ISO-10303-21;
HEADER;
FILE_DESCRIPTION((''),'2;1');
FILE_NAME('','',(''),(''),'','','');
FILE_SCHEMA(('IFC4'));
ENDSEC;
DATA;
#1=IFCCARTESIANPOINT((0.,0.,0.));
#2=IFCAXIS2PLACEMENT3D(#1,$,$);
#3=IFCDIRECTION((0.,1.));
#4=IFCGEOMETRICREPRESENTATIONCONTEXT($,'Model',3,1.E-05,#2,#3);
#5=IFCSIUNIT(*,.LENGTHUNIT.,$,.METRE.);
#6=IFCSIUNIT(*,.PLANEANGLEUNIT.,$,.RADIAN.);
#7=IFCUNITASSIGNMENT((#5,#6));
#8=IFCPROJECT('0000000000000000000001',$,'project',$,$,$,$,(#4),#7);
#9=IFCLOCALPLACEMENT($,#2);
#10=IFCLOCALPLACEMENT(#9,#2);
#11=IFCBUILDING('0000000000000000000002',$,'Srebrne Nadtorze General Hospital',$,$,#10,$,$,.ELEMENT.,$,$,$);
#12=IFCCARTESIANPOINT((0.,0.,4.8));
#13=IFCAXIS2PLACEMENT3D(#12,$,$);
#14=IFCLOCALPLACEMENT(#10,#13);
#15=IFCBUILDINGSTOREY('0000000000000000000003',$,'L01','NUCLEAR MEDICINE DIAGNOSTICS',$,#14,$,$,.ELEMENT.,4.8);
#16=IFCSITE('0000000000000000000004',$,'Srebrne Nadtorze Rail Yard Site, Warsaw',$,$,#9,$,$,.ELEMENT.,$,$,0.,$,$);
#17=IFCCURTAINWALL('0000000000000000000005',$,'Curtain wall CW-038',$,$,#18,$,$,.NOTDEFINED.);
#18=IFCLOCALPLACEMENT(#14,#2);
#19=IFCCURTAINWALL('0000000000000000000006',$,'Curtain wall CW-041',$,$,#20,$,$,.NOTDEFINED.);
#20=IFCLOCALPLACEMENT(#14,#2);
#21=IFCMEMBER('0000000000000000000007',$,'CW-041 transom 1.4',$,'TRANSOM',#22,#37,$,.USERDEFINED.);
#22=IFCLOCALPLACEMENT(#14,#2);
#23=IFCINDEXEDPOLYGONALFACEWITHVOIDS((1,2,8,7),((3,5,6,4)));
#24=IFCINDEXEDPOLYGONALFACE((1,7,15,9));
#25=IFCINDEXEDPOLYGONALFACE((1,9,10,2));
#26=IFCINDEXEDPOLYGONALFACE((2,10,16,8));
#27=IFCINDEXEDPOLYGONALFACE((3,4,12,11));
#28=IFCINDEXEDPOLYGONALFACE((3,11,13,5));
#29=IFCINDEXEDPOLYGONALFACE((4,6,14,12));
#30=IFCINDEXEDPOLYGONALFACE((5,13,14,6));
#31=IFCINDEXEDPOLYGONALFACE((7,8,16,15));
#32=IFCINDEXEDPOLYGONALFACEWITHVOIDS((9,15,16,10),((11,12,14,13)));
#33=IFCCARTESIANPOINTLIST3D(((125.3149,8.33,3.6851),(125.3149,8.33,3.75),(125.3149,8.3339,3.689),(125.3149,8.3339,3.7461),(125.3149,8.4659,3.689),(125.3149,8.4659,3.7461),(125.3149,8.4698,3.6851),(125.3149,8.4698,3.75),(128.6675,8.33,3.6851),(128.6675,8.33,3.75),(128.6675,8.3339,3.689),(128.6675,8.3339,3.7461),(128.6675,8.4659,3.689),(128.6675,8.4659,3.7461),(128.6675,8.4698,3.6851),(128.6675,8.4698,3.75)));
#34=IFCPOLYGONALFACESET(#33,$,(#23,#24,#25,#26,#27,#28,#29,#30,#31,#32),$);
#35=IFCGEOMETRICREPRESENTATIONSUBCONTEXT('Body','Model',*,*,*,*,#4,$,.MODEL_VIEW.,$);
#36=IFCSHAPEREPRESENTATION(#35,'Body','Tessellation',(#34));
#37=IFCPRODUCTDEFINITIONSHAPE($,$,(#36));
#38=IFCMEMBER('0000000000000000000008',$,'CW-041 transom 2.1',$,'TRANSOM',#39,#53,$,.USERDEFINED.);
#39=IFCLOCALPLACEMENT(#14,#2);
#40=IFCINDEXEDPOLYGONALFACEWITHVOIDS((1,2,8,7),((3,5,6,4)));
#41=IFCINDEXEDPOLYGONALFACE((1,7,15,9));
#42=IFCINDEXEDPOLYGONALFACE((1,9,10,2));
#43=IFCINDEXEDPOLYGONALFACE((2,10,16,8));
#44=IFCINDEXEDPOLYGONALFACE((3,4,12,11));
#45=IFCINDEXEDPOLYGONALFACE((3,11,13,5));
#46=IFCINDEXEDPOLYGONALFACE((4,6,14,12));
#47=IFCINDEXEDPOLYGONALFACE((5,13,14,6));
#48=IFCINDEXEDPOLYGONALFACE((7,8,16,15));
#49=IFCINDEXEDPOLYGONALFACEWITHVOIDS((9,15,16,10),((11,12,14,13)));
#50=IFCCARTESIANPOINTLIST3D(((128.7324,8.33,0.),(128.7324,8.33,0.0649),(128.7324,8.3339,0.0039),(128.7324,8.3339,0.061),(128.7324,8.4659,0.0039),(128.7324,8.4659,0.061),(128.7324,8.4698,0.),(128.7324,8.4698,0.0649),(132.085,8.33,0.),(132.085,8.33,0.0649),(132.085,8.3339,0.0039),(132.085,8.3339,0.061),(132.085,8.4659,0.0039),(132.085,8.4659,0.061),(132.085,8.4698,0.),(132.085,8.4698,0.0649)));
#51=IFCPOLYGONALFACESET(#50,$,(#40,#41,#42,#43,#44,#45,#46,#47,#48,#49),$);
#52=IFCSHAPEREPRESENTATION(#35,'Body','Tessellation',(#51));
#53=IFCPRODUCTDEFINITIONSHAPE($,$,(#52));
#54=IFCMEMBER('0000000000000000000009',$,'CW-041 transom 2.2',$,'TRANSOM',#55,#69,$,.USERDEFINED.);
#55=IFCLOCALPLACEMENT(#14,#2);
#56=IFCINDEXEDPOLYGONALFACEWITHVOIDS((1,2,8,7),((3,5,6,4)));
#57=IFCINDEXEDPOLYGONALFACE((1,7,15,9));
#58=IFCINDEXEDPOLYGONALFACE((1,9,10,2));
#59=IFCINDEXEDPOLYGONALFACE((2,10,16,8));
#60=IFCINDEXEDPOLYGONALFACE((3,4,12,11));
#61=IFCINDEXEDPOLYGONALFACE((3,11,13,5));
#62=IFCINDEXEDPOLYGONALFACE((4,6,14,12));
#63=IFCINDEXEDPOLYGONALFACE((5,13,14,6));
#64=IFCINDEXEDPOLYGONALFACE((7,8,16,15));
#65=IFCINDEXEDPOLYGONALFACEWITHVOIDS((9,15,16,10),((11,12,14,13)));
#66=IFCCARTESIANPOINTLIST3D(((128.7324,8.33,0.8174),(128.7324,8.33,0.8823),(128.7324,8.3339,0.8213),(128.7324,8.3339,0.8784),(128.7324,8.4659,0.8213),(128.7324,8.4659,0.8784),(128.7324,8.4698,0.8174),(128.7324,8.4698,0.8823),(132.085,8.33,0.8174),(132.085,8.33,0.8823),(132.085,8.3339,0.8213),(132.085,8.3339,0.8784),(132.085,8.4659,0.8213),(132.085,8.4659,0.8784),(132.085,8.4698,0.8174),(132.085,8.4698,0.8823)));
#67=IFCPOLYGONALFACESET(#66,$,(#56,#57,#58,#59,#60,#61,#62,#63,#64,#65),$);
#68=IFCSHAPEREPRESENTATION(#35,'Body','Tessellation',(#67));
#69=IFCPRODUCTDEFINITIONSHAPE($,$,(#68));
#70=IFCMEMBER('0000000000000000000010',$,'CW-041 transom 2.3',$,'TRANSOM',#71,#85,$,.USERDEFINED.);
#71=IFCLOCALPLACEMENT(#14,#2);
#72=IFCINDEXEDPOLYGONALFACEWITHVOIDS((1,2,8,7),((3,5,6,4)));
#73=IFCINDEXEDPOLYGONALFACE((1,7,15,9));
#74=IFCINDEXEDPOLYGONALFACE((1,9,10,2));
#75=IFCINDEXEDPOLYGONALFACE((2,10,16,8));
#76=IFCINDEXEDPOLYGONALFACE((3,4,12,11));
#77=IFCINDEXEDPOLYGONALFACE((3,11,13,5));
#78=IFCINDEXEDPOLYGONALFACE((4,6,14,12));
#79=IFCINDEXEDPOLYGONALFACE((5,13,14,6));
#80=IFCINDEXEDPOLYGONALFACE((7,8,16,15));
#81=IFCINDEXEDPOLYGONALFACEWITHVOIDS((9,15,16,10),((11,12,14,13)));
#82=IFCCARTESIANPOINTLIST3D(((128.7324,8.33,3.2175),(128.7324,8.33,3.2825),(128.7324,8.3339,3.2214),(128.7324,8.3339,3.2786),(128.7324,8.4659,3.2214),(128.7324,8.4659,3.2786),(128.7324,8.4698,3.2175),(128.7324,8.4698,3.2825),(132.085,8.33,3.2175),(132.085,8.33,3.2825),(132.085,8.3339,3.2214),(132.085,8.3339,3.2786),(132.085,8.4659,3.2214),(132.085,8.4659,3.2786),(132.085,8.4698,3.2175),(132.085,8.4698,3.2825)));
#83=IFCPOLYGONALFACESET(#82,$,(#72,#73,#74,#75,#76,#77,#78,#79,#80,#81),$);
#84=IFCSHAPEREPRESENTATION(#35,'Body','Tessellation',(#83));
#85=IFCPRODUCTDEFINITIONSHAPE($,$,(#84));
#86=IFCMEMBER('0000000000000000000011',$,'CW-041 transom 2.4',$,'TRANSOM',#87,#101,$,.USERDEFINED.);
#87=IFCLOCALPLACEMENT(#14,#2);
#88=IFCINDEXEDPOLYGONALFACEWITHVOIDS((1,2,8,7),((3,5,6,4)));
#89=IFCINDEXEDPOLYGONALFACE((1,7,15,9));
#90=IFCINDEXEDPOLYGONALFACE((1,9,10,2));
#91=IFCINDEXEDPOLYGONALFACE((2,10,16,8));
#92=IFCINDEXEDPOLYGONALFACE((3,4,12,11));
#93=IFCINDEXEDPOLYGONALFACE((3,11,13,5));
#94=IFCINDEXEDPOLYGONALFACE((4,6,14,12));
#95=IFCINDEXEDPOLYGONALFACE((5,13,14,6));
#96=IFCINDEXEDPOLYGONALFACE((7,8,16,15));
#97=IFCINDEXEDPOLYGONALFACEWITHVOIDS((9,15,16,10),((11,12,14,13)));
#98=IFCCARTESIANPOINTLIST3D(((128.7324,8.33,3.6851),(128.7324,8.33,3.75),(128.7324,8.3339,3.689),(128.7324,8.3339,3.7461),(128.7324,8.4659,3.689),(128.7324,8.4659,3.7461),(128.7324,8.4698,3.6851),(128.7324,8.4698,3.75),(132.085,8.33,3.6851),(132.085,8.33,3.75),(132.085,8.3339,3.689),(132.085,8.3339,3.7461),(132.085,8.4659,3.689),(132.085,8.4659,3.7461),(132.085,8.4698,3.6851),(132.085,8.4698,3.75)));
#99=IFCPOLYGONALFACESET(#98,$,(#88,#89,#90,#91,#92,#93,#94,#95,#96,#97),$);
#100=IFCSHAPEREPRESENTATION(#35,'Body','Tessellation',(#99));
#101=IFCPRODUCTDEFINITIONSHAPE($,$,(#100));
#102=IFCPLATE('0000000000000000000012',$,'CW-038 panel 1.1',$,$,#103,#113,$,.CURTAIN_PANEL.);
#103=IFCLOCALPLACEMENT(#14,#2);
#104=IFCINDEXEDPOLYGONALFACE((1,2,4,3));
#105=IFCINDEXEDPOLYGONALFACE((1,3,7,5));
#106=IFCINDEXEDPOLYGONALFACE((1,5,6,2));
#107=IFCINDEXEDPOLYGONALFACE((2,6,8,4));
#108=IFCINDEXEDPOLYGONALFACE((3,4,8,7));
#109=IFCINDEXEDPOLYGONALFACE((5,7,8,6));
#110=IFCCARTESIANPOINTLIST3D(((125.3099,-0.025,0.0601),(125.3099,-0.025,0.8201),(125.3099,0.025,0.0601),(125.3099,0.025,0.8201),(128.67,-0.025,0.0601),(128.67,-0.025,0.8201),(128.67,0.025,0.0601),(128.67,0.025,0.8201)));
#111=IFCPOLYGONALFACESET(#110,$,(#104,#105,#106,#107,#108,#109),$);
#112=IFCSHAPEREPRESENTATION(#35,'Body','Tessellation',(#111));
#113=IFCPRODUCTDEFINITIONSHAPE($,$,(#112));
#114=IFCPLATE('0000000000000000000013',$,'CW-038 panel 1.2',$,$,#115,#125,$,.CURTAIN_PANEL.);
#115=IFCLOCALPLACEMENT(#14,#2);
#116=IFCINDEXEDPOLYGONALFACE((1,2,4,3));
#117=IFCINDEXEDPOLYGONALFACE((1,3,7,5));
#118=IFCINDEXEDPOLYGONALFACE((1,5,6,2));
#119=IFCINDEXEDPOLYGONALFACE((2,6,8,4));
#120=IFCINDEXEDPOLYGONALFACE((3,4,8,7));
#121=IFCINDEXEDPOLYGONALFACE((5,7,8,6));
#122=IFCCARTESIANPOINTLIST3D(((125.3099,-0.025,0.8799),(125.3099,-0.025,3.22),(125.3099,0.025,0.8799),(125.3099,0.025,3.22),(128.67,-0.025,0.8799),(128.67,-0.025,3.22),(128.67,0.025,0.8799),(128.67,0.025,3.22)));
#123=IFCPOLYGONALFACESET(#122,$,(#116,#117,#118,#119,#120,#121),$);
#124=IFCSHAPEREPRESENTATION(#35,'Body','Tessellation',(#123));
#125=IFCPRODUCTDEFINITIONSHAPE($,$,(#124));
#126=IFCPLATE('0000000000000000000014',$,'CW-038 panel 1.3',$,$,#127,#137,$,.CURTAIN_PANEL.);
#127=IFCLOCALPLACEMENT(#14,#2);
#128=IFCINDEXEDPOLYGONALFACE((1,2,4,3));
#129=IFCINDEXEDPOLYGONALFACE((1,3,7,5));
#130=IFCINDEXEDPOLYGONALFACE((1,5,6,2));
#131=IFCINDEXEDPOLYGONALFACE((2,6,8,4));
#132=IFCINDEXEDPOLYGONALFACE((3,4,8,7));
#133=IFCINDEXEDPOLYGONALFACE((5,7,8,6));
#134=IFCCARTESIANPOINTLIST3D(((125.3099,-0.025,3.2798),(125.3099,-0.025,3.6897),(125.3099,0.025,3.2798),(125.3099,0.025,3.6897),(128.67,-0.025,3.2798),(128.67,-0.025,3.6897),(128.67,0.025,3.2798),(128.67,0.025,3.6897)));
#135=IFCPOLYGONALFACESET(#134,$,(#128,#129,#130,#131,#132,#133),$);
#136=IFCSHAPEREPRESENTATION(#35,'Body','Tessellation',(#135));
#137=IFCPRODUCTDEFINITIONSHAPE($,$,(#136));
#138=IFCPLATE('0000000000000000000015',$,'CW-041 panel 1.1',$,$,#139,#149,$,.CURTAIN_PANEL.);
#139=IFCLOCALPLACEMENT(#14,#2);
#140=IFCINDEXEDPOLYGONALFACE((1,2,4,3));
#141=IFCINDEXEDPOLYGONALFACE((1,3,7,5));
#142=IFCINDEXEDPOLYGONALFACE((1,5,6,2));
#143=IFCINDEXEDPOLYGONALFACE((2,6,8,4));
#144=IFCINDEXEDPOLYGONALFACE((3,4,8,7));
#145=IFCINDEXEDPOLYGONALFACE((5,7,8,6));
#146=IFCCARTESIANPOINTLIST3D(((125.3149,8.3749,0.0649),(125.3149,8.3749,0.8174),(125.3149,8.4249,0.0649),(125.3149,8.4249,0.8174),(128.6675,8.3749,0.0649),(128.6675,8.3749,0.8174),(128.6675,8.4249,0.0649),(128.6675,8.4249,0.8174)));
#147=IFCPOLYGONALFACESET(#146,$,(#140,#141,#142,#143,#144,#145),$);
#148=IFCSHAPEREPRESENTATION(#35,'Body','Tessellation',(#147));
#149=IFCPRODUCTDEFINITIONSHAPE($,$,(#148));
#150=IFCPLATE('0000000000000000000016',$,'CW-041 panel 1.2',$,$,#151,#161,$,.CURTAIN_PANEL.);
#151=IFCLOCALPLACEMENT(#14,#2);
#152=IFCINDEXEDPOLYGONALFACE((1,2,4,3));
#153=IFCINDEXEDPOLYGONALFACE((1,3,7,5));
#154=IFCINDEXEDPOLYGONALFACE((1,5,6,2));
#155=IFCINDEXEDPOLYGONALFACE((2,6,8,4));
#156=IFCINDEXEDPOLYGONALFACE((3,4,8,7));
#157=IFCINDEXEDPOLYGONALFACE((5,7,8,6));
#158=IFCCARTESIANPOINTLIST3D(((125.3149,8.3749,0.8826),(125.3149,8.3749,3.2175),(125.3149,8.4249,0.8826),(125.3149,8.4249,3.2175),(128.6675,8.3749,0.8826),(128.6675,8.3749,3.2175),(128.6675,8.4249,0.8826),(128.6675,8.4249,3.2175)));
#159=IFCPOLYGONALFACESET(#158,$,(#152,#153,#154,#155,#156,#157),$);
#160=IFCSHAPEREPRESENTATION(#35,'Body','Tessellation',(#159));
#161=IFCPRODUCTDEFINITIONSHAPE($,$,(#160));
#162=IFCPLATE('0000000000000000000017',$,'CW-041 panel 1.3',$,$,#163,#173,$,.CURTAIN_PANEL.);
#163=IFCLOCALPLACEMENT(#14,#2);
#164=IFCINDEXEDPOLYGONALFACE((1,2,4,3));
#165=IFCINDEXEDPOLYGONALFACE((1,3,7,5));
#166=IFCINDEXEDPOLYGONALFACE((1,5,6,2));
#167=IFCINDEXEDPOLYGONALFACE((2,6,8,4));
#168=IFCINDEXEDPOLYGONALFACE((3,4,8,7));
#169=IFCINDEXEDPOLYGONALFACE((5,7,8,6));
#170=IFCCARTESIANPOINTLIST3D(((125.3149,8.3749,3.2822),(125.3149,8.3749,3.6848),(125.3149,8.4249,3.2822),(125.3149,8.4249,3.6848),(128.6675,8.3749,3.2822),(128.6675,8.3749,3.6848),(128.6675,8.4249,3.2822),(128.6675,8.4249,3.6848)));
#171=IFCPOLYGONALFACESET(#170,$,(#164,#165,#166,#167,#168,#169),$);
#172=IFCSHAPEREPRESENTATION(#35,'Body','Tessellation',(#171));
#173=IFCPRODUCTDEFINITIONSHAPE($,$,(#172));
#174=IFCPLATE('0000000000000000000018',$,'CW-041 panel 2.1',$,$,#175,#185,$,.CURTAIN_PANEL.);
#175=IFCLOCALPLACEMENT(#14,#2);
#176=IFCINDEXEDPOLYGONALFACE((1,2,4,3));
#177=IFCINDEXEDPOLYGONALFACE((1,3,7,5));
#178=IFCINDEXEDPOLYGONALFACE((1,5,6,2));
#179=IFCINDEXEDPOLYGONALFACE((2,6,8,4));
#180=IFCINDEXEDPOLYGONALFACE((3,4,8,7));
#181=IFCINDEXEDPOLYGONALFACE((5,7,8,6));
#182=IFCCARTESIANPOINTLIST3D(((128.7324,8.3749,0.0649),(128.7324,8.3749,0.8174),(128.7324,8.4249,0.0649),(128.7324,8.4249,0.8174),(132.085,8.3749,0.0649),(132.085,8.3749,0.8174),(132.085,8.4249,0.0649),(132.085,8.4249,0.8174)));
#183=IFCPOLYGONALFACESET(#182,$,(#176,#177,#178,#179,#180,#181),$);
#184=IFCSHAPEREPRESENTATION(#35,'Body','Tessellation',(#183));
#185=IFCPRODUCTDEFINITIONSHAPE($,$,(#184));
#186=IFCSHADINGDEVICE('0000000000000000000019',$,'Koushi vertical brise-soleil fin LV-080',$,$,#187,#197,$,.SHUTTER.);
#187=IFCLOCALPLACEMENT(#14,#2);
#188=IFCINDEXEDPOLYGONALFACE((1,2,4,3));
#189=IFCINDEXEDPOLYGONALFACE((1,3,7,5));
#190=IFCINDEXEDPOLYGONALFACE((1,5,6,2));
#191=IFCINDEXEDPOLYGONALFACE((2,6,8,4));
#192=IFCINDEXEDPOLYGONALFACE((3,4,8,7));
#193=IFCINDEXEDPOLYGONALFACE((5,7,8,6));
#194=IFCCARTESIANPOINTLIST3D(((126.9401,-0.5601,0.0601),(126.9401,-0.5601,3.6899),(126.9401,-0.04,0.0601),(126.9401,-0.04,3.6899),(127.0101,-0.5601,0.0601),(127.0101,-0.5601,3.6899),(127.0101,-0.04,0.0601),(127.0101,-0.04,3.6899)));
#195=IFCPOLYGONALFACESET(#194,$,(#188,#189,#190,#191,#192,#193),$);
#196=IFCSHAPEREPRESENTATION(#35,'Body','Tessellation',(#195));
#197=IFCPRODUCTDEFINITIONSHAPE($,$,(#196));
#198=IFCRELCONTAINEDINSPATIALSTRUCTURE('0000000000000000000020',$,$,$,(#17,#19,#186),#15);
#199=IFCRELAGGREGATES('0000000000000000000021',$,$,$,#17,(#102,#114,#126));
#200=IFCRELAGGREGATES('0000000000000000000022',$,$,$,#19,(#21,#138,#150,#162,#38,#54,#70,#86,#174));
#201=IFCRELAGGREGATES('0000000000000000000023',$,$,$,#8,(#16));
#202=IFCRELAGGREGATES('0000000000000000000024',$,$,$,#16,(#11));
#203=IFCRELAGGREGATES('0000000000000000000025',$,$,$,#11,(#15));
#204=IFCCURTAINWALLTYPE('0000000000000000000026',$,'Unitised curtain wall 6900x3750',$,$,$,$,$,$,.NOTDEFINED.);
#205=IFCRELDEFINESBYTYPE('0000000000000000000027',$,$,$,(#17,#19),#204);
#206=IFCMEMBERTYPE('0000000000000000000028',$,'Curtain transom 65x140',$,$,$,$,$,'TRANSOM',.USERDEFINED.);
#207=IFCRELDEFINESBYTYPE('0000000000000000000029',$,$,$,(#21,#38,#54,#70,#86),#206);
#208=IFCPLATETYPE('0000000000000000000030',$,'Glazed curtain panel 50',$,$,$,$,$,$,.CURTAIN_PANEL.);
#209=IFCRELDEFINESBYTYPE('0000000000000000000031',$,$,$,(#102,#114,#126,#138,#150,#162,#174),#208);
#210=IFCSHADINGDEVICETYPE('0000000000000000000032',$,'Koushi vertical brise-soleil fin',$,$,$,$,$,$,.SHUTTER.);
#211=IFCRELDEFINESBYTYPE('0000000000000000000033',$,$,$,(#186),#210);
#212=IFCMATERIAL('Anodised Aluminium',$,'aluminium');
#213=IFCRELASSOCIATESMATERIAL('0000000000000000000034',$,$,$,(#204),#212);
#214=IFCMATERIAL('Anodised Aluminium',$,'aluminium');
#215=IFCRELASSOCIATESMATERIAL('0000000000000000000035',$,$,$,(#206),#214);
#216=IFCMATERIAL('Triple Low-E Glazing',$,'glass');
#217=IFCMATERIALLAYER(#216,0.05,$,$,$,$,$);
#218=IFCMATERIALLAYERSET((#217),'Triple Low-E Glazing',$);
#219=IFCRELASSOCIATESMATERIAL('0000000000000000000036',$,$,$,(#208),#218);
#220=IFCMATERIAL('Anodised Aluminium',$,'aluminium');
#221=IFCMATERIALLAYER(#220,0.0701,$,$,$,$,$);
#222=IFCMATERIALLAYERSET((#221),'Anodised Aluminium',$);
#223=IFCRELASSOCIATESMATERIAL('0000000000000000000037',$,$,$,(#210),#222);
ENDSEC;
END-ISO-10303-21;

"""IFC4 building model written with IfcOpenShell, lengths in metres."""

from ifc_helpers import new_model, si_unit, direction, frame, origin, origin_2d, place, context, subcontext, project, spatial, rectangle, hollow_rectangle, extrude, material, layer, layer_set, material_profile, profile_set, type_object, element, aggregate, save


model = new_model("IFC4")

# Units and contexts
model_context = context("Model", 3, precision=1e-05, world=origin(), true_north=direction((0.0, 1.0)))
body_context = subcontext(model_context, "Body", "Model", "MODEL_VIEW")
ifc_project = project(units=[si_unit("LENGTHUNIT", "METRE"), si_unit("PLANEANGLEUNIT", "RADIAN")], contexts=[model_context])

# Site, building, storey
site_placement = place(None, origin())
site = spatial("IfcSite", under=ifc_project, at=site_placement, Name="Srebrne Nadtorze Rail Yard Site, Warsaw", CompositionType="ELEMENT", RefElevation=0.0)
building_placement = place(site_placement, origin())
building = spatial("IfcBuilding", under=site, at=building_placement, Name="Srebrne Nadtorze General Hospital", CompositionType="ELEMENT")
storey_placement = place(building_placement, frame((0.0, 0.0, 4.8)))
storey = spatial("IfcBuildingStorey", under=building, at=storey_placement, Name="L01", Description="NUCLEAR MEDICINE DIAGNOSTICS", CompositionType="ELEMENT", Elevation=4.8)

# Curtain walls
ifc_material_1 = material(Name="Anodised Aluminium", Category="aluminium")
curtain_wall_type = type_object("IfcCurtainWallType", Name="Unitised curtain wall 6900x3750", PredefinedType="NOTDEFINED", material=ifc_material_1)
curtain_wall_1_placement = place(storey_placement, origin())
curtain_wall_1 = element("IfcCurtainWall", 1, at=curtain_wall_1_placement, inside=storey, type_object=curtain_wall_type, Name="Curtain wall CW-038", PredefinedType="NOTDEFINED")
curtain_wall_2_placement = place(storey_placement, origin())
curtain_wall_2 = element("IfcCurtainWall", 2, at=curtain_wall_2_placement, inside=storey, type_object=curtain_wall_type, Name="Curtain wall CW-041", PredefinedType="NOTDEFINED")

# Members
ifc_material_2 = material(Name="Anodised Aluminium", Category="aluminium")
ifc_material_profile_1 = material_profile(ifc_material_2, hollow_rectangle(XDim=0.0649, YDim=0.1399, WallThickness=0.0039, at=origin_2d()), Name="AL-TRN-65x140")
ifc_profile_set_1 = profile_set([ifc_material_profile_1], Name="Anodised Aluminium")
member_type_1 = type_object("IfcMemberType", Name="Curtain transom 65x140", ElementType="TRANSOM", PredefinedType="USERDEFINED", material=ifc_profile_set_1)
member_1_placement = place(storey_placement, frame((125.3149, 8.3999, 3.7175), z_axis=(1.0, 0.0, 0.0), x_axis=(0.0, 0.0, 1.0)))
member_1 = element("IfcMember", 3, at=member_1_placement, type_object=member_type_1, Name="CW-041 transom 1.4", ObjectType="TRANSOM", PredefinedType="USERDEFINED", context=body_context, shape_type="SweptSolid", body=[
    extrude(hollow_rectangle(XDim=0.0649, YDim=0.1399, WallThickness=0.0039, at=origin_2d()), origin(), (0.0, 0.0, 1.0), 3.3525),
])
member_2_placement = place(storey_placement, frame((128.7324, 8.3999, 0.0325), z_axis=(1.0, 0.0, 0.0), x_axis=(0.0, 0.0, 1.0)))
member_2 = element("IfcMember", 4, at=member_2_placement, type_object=member_type_1, Name="CW-041 transom 2.1", ObjectType="TRANSOM", PredefinedType="USERDEFINED", context=body_context, shape_type="SweptSolid", body=[
    extrude(hollow_rectangle(XDim=0.0649, YDim=0.1399, WallThickness=0.0039, at=origin_2d()), origin(), (0.0, 0.0, 1.0), 3.3525),
])
member_3_placement = place(storey_placement, frame((128.7324, 8.3999, 0.8499), z_axis=(1.0, 0.0, 0.0), x_axis=(0.0, 0.0, 1.0)))
member_3 = element("IfcMember", 5, at=member_3_placement, type_object=member_type_1, Name="CW-041 transom 2.2", ObjectType="TRANSOM", PredefinedType="USERDEFINED", context=body_context, shape_type="SweptSolid", body=[
    extrude(hollow_rectangle(XDim=0.0649, YDim=0.1399, WallThickness=0.0039, at=origin_2d()), origin(), (0.0, 0.0, 1.0), 3.3525),
])
member_4_placement = place(storey_placement, frame((128.7324, 8.3999, 3.25), z_axis=(1.0, 0.0, 0.0), x_axis=(0.0, 0.0, 1.0)))
member_4 = element("IfcMember", 6, at=member_4_placement, type_object=member_type_1, Name="CW-041 transom 2.3", ObjectType="TRANSOM", PredefinedType="USERDEFINED", context=body_context, shape_type="SweptSolid", body=[
    extrude(hollow_rectangle(XDim=0.0649, YDim=0.1399, WallThickness=0.0039, at=origin_2d()), origin(), (0.0, 0.0, 1.0), 3.3525),
])
member_5_placement = place(storey_placement, frame((128.7324, 8.3999, 3.7175), z_axis=(1.0, 0.0, 0.0), x_axis=(0.0, 0.0, 1.0)))
member_5 = element("IfcMember", 7, at=member_5_placement, type_object=member_type_1, Name="CW-041 transom 2.4", ObjectType="TRANSOM", PredefinedType="USERDEFINED", context=body_context, shape_type="SweptSolid", body=[
    extrude(hollow_rectangle(XDim=0.0649, YDim=0.1399, WallThickness=0.0039, at=origin_2d()), origin(), (0.0, 0.0, 1.0), 3.3525),
])

# Plates
ifc_material_3 = material(Name="Triple Low-E Glazing", Category="glass")
ifc_layer_1 = layer(ifc_material_3, 0.05)
ifc_layer_set_1 = layer_set([ifc_layer_1], Name="Triple Low-E Glazing")
plate_type = type_object("IfcPlateType", Name="Glazed curtain panel 50", PredefinedType="CURTAIN_PANEL", material=ifc_layer_set_1)
plate_1_placement = place(storey_placement, frame((126.99, 0.0, 0.0601), z_axis=(0.0, 0.0, 1.0), x_axis=(1.0, 0.0, 0.0)))
plate_1 = element("IfcPlate", 8, at=plate_1_placement, type_object=plate_type, Name="CW-038 panel 1.1", PredefinedType="CURTAIN_PANEL", context=body_context, shape_type="SweptSolid", body=[
    extrude(rectangle(XDim=3.3601, YDim=0.05, at=origin_2d()), origin(), (0.0, 0.0, 1.0), 0.76),
])
plate_2_placement = place(storey_placement, frame((126.99, 0.0, 0.8799), z_axis=(0.0, 0.0, 1.0), x_axis=(1.0, 0.0, 0.0)))
plate_2 = element("IfcPlate", 9, at=plate_2_placement, type_object=plate_type, Name="CW-038 panel 1.2", PredefinedType="CURTAIN_PANEL", context=body_context, shape_type="SweptSolid", body=[
    extrude(rectangle(XDim=3.3601, YDim=0.05, at=origin_2d()), origin(), (0.0, 0.0, 1.0), 2.3401),
])
plate_3_placement = place(storey_placement, frame((126.99, 0.0, 3.2798), z_axis=(0.0, 0.0, 1.0), x_axis=(1.0, 0.0, 0.0)))
plate_3 = element("IfcPlate", 10, at=plate_3_placement, type_object=plate_type, Name="CW-038 panel 1.3", PredefinedType="CURTAIN_PANEL", context=body_context, shape_type="SweptSolid", body=[
    extrude(rectangle(XDim=3.3601, YDim=0.05, at=origin_2d()), origin(), (0.0, 0.0, 1.0), 0.4099),
])
aggregate(curtain_wall_1, [plate_1, plate_2, plate_3])
plate_4_placement = place(storey_placement, frame((126.9912, 8.3999, 0.0649), z_axis=(0.0, 0.0, 1.0), x_axis=(1.0, 0.0, 0.0)))
plate_4 = element("IfcPlate", 11, at=plate_4_placement, type_object=plate_type, Name="CW-041 panel 1.1", PredefinedType="CURTAIN_PANEL", context=body_context, shape_type="SweptSolid", body=[
    extrude(rectangle(XDim=3.3525, YDim=0.05, at=origin_2d()), origin(), (0.0, 0.0, 1.0), 0.7524),
])
plate_5_placement = place(storey_placement, frame((126.9912, 8.3999, 0.8826), z_axis=(0.0, 0.0, 1.0), x_axis=(1.0, 0.0, 0.0)))
plate_5 = element("IfcPlate", 12, at=plate_5_placement, type_object=plate_type, Name="CW-041 panel 1.2", PredefinedType="CURTAIN_PANEL", context=body_context, shape_type="SweptSolid", body=[
    extrude(rectangle(XDim=3.3525, YDim=0.05, at=origin_2d()), origin(), (0.0, 0.0, 1.0), 2.335),
])
plate_6_placement = place(storey_placement, frame((126.9912, 8.3999, 3.2822), z_axis=(0.0, 0.0, 1.0), x_axis=(1.0, 0.0, 0.0)))
plate_6 = element("IfcPlate", 13, at=plate_6_placement, type_object=plate_type, Name="CW-041 panel 1.3", PredefinedType="CURTAIN_PANEL", context=body_context, shape_type="SweptSolid", body=[
    extrude(rectangle(XDim=3.3525, YDim=0.05, at=origin_2d()), origin(), (0.0, 0.0, 1.0), 0.4026),
])
plate_7_placement = place(storey_placement, frame((130.4087, 8.3999, 0.0649), z_axis=(0.0, 0.0, 1.0), x_axis=(1.0, 0.0, 0.0)))
plate_7 = element("IfcPlate", 14, at=plate_7_placement, type_object=plate_type, Name="CW-041 panel 2.1", PredefinedType="CURTAIN_PANEL", context=body_context, shape_type="SweptSolid", body=[
    extrude(rectangle(XDim=3.3525, YDim=0.05, at=origin_2d()), origin(), (0.0, 0.0, 1.0), 0.7524),
])
aggregate(curtain_wall_2, [member_1, plate_4, plate_5, plate_6, member_2, member_3, member_4, member_5, plate_7])

# Shading device
ifc_material_4 = material(Name="Anodised Aluminium", Category="aluminium")
ifc_layer_2 = layer(ifc_material_4, 0.0701)
ifc_layer_set_2 = layer_set([ifc_layer_2], Name="Anodised Aluminium")
shading_device_type = type_object("IfcShadingDeviceType", Name="Koushi vertical brise-soleil fin", PredefinedType="SHUTTER", material=ifc_layer_set_2)
for number, where, z_axis, x_axis, name in (
    (15, (126.9751, -0.3, 0.0601), (0.0, 0.0, 1.0), (1.0, 0.0, 0.0), "Koushi vertical brise-soleil fin LV-080"),
):
    element("IfcShadingDevice", number, at=place(storey_placement, frame(where, z_axis=z_axis, x_axis=x_axis)), inside=storey, type_object=shading_device_type, Name=name, PredefinedType="SHUTTER", context=body_context, shape_type="SweptSolid", body=[
        extrude(rectangle(XDim=0.0701, YDim=0.52, at=origin_2d()), origin(), (0.0, 0.0, 1.0), 3.6299),
    ])

save(model, "model.ifc")
